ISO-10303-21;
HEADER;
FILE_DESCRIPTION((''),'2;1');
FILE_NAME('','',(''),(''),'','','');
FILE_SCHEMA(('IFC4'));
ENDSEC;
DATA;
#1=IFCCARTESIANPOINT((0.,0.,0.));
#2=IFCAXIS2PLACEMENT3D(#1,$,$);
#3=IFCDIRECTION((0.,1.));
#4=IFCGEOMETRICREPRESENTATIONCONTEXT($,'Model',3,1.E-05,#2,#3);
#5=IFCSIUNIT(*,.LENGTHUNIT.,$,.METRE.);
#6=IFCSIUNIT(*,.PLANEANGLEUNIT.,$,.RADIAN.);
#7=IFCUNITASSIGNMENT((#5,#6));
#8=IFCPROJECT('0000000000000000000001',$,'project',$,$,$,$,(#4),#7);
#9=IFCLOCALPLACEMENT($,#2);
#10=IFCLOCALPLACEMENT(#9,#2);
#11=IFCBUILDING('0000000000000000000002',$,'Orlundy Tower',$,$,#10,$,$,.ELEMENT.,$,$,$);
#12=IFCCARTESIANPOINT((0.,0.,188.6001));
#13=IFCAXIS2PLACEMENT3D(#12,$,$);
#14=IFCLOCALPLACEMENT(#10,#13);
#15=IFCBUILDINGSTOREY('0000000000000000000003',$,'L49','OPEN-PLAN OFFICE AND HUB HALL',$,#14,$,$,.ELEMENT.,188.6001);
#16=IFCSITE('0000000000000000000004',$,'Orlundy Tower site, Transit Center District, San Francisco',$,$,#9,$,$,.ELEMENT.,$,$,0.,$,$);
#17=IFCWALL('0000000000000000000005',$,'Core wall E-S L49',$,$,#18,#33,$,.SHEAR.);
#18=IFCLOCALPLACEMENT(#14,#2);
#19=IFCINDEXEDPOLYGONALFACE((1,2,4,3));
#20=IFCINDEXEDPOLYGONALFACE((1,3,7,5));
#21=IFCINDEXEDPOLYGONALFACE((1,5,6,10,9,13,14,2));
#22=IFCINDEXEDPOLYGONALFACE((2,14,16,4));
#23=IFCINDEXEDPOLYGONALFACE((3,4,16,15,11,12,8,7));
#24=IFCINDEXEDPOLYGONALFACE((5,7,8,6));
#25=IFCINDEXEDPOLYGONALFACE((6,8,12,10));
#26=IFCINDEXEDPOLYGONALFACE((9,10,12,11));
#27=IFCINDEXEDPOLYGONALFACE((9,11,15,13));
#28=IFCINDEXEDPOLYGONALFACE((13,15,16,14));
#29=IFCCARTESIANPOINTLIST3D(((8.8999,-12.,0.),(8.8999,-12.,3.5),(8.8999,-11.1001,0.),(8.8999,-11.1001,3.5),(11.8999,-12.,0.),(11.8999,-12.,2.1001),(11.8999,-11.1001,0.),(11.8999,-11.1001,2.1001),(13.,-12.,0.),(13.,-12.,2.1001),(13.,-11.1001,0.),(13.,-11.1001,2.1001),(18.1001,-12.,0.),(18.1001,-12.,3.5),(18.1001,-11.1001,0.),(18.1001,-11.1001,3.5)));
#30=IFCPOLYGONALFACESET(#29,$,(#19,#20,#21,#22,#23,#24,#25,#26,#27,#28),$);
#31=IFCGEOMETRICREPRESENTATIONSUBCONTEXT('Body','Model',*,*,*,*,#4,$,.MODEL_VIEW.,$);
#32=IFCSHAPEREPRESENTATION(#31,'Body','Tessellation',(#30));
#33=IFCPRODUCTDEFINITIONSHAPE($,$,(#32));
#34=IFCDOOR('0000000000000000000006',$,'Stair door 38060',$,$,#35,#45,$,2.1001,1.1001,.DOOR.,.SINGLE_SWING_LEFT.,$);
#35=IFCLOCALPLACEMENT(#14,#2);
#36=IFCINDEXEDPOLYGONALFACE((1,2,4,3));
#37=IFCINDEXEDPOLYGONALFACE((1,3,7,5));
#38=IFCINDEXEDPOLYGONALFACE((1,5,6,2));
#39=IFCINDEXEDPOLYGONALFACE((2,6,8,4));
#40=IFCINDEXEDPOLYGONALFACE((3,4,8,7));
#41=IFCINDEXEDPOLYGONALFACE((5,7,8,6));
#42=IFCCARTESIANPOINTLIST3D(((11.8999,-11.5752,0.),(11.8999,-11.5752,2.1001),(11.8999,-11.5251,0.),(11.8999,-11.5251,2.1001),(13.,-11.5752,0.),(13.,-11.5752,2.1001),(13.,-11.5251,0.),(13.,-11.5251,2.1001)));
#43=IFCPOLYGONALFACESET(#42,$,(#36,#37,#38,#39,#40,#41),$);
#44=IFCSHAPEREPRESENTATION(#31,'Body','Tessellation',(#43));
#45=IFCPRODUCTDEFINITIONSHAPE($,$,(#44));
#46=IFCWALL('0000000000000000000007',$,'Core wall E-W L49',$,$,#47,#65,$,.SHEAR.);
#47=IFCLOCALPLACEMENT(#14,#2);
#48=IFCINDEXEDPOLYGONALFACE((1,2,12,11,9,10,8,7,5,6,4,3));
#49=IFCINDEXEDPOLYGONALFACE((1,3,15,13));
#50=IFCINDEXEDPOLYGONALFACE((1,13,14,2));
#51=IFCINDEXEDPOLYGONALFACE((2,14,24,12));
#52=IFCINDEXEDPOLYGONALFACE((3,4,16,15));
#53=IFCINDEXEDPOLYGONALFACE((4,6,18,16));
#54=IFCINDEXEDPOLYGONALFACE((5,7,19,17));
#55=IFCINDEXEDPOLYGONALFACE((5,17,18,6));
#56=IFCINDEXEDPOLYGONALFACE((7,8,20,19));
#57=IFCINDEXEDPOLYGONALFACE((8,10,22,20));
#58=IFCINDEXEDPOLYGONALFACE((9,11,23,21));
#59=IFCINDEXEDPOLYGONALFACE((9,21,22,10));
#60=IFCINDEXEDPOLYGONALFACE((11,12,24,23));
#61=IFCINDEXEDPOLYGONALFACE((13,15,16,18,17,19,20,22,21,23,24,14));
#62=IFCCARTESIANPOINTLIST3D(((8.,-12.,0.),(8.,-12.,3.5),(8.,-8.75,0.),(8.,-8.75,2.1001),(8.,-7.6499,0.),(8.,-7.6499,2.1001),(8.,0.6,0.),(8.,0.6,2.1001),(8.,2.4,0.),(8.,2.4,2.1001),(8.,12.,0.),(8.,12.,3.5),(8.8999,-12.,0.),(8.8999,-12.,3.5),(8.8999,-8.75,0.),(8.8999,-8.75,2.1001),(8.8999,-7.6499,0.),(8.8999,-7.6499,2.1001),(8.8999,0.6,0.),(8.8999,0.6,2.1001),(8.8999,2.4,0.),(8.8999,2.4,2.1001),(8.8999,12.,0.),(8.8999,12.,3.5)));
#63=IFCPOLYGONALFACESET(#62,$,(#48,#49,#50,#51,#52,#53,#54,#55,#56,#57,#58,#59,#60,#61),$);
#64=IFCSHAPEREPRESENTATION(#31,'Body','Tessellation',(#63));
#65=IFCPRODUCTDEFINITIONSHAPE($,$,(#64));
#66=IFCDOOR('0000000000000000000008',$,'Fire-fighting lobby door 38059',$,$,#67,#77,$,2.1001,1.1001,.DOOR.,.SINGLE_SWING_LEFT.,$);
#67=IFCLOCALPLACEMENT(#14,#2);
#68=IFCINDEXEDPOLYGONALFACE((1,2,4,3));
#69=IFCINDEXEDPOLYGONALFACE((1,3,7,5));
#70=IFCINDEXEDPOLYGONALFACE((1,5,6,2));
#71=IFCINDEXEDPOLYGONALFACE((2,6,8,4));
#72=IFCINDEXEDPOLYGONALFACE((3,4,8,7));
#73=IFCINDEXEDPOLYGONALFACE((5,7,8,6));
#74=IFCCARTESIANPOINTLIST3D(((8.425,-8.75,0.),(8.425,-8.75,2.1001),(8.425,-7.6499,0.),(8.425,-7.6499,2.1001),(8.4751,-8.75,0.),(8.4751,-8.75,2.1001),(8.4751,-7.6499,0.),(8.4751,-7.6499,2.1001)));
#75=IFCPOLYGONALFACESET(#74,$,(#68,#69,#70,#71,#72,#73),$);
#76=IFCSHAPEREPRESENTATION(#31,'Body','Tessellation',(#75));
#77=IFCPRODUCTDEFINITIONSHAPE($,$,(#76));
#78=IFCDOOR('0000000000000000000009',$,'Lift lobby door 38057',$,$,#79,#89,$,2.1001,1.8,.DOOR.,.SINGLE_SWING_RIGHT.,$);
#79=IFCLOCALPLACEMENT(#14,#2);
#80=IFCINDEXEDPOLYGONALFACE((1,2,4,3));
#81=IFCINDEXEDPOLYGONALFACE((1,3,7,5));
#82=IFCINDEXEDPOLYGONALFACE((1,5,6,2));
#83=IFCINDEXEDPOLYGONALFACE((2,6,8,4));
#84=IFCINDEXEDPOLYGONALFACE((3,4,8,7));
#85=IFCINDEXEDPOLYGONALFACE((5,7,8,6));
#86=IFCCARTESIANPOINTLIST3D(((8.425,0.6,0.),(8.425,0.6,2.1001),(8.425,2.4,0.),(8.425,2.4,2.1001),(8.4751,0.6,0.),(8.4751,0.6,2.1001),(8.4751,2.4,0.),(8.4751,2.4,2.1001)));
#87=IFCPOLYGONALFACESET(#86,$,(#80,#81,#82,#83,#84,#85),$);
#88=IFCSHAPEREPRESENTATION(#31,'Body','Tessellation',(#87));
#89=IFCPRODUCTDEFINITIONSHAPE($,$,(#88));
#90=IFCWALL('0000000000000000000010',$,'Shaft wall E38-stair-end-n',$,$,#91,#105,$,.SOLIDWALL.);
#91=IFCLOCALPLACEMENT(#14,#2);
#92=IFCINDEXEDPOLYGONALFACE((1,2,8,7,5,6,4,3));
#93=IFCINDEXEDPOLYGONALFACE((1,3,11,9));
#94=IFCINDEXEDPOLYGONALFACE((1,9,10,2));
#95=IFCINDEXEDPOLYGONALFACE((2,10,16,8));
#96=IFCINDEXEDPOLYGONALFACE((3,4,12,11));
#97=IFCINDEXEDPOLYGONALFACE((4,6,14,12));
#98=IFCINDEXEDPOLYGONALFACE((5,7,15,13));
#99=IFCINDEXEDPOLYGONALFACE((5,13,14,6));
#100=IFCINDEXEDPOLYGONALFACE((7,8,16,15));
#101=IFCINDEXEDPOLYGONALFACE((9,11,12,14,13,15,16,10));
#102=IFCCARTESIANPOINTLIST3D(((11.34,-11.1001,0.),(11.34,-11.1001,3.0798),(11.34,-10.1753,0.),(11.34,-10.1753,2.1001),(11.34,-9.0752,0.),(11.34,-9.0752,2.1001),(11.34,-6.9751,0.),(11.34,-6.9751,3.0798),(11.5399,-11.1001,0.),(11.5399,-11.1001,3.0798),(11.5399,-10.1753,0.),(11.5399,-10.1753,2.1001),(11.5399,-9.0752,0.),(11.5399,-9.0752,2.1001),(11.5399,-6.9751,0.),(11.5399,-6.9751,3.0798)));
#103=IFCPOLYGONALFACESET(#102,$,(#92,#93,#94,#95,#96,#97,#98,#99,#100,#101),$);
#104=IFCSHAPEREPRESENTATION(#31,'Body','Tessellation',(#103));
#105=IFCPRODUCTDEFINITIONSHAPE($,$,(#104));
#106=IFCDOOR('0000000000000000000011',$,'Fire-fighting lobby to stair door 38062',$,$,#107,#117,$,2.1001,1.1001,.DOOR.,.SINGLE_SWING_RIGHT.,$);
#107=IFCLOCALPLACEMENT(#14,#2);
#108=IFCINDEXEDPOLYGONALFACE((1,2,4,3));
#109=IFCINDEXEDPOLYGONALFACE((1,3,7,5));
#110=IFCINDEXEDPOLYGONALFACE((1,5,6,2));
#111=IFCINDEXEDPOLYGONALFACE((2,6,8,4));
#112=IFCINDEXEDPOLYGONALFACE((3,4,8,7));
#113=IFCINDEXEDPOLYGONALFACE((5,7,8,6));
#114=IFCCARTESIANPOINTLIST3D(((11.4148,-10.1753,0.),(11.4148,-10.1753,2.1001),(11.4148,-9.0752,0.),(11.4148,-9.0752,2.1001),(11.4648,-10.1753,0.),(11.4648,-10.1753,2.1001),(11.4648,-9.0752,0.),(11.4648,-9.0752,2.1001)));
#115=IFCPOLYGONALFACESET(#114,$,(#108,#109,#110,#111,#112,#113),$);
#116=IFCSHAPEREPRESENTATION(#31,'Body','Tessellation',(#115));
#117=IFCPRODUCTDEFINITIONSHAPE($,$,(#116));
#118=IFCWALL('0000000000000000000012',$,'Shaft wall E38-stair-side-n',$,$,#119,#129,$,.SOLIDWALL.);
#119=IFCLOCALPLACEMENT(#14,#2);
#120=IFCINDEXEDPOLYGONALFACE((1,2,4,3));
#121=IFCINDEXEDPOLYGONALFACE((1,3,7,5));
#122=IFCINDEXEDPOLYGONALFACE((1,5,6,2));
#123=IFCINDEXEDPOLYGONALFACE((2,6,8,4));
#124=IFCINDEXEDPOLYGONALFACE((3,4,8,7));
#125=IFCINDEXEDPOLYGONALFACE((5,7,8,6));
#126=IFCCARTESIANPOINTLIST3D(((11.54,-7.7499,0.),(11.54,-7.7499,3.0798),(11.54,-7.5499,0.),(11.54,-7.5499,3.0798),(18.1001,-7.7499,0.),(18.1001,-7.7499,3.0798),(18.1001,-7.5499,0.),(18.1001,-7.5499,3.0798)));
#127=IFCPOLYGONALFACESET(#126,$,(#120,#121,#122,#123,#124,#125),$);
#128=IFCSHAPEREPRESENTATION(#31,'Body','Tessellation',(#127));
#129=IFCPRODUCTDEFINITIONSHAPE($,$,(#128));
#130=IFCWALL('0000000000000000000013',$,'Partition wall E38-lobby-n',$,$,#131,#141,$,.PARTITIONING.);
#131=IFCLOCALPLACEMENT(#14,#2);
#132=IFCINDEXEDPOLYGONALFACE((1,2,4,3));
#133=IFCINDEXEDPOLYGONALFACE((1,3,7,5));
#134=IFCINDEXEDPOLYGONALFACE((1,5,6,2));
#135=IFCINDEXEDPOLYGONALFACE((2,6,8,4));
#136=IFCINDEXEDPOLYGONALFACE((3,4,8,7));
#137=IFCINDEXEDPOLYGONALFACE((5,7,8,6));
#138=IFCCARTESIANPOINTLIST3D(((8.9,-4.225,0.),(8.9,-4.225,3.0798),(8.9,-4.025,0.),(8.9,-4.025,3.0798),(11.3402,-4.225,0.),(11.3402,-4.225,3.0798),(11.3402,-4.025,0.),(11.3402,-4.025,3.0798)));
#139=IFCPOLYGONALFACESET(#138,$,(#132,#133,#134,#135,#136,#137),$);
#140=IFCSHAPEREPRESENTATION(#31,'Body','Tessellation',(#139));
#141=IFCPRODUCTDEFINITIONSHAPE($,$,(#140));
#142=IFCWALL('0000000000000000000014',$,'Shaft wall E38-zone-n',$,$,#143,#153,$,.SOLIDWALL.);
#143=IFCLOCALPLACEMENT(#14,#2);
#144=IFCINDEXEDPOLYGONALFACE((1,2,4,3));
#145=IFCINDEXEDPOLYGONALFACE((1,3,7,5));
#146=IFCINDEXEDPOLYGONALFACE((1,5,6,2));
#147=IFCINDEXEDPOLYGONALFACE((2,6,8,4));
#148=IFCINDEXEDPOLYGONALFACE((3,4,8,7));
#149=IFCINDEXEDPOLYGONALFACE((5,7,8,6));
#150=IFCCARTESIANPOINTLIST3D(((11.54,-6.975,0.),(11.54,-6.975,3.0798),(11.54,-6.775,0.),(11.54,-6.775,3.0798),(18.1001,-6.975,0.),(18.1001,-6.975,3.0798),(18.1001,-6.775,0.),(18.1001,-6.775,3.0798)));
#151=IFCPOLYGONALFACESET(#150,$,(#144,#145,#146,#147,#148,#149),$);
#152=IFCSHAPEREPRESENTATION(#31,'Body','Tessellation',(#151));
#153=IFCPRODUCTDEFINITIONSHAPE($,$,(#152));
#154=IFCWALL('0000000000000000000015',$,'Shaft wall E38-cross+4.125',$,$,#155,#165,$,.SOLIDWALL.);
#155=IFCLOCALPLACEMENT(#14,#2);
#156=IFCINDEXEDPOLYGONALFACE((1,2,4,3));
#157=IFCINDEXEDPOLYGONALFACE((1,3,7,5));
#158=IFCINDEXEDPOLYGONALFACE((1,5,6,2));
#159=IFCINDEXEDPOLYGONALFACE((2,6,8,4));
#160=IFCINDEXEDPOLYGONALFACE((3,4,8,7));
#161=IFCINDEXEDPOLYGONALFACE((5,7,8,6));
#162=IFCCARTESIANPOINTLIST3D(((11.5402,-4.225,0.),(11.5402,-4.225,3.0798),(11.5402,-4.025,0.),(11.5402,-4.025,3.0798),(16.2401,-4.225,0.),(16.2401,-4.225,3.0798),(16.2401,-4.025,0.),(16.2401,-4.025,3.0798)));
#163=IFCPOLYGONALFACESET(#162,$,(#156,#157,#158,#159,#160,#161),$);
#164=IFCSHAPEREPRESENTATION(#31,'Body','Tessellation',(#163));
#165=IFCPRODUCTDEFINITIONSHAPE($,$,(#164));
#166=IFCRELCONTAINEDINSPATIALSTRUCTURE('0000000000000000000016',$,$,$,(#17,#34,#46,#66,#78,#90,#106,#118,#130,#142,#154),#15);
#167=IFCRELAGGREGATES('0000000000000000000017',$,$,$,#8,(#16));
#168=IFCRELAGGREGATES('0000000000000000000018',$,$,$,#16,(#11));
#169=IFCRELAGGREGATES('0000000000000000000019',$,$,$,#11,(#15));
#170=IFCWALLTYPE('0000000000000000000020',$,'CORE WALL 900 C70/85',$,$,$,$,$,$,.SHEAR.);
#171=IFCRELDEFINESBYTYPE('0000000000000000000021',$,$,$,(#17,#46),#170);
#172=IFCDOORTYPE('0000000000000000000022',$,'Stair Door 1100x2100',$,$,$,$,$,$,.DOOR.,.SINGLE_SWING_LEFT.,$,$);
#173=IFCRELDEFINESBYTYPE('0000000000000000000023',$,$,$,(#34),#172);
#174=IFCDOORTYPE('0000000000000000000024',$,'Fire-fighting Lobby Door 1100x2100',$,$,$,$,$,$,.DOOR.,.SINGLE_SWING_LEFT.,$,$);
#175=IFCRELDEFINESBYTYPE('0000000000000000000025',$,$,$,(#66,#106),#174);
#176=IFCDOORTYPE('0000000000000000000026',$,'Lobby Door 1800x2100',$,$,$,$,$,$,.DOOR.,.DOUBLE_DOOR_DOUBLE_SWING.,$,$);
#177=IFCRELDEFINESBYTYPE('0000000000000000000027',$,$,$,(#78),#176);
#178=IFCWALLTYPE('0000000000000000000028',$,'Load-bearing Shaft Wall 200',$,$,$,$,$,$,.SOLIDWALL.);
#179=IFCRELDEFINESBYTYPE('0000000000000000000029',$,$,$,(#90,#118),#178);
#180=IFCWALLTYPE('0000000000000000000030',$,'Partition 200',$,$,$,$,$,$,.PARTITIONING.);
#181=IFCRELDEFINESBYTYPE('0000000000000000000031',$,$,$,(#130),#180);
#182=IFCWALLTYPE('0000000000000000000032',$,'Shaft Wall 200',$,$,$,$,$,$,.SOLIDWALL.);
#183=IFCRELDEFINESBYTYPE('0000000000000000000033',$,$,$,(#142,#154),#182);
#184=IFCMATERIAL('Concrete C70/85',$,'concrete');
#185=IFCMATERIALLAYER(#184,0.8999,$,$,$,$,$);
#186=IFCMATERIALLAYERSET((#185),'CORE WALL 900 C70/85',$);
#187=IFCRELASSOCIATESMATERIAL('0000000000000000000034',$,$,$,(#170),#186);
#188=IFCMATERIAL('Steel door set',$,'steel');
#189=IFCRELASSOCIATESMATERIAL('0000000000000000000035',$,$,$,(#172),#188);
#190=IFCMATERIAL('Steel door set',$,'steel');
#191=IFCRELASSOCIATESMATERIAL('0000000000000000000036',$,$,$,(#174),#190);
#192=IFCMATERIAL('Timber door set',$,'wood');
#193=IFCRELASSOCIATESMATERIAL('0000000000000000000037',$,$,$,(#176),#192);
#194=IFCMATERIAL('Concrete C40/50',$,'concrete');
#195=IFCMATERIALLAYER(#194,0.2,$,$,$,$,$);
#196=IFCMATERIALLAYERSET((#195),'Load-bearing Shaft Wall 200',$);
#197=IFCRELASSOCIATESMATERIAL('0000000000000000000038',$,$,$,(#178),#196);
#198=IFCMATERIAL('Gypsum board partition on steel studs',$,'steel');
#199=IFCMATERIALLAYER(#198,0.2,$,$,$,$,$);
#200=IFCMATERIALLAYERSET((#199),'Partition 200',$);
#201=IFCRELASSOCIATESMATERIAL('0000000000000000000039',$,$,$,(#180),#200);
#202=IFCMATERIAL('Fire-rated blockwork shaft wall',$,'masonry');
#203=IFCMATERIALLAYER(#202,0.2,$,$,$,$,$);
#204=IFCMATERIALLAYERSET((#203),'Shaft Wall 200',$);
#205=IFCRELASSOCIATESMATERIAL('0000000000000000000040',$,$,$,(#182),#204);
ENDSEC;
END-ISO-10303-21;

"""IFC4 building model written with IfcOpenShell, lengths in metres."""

from ifc_helpers import new_model, si_unit, direction, frame, frame_2d, origin, place, context, subcontext, project, spatial, rectangle, extrude, material, layer, layer_set, type_object, element, fill, save


model = new_model("IFC4")

# Units and contexts
model_context = context("Model", 3, precision=1e-05, world=origin(), true_north=direction((0.0, 1.0)))
body_context = subcontext(model_context, "Body", "Model", "MODEL_VIEW")
ifc_project = project(units=[si_unit("LENGTHUNIT", "METRE"), si_unit("PLANEANGLEUNIT", "RADIAN")], contexts=[model_context])

# Site, building, storey
site_placement = place(None, origin())
site = spatial("IfcSite", under=ifc_project, at=site_placement, Name="Orlundy Tower site, Transit Center District, San Francisco", CompositionType="ELEMENT", RefElevation=0.0)
building_placement = place(site_placement, origin())
building = spatial("IfcBuilding", under=site, at=building_placement, Name="Orlundy Tower", CompositionType="ELEMENT")
storey_placement = place(building_placement, frame((0.0, 0.0, 188.6001)))
storey = spatial("IfcBuildingStorey", under=building, at=storey_placement, Name="L49", Description="OPEN-PLAN OFFICE AND HUB HALL", CompositionType="ELEMENT", Elevation=188.6001)

# Wall, opening, door
ifc_material_1 = material(Name="Concrete C70/85", Category="concrete")
ifc_layer_1 = layer(ifc_material_1, 0.8999)
ifc_layer_set_1 = layer_set([ifc_layer_1], Name="CORE WALL 900 C70/85")
wall_type_1 = type_object("IfcWallType", Name="CORE WALL 900 C70/85", PredefinedType="SHEAR", material=ifc_layer_set_1)
wall_1_placement = place(storey_placement, frame((8.8999, -11.55, 0.0), z_axis=(0.0, 0.0, 1.0), x_axis=(1.0, 0.0, 0.0)))
wall_1 = element("IfcWall", 1, at=wall_1_placement, inside=storey, type_object=wall_type_1, Name="Core wall E-S L49", PredefinedType="SHEAR", context=body_context, shape_type="SweptSolid", body=[
    extrude(rectangle(XDim=9.2002, YDim=0.8999, at=frame_2d((4.6001, 0.0))), origin(), (0.0, 0.0, 1.0), 3.5),
])
opening_1_placement = place(wall_1_placement, frame((3.0, 0.0, 0.0)))
opening_1 = element("IfcOpeningElement", 2, at=opening_1_placement, cuts=wall_1, PredefinedType="OPENING", context=body_context, shape_type="SweptSolid", body=[
    extrude(rectangle(XDim=1.1001, YDim=2.1001, at=frame_2d((0.55, 1.05))), frame((0.0, 0.46, 0.0), z_axis=(0.0, -1.0, 0.0), x_axis=(1.0, 0.0, 0.0)), (0.0, 0.0, 1.0), 0.9199),
])
ifc_material_2 = material(Name="Steel door set", Category="steel")
door_type_1 = type_object("IfcDoorType", Name="Stair Door 1100x2100", OperationType="SINGLE_SWING_LEFT", PredefinedType="DOOR", material=ifc_material_2)
door_1_placement = place(opening_1_placement, origin())
door_1 = element("IfcDoor", 3, at=door_1_placement, inside=storey, type_object=door_type_1, Name="Stair door 38060", OperationType="SINGLE_SWING_LEFT", OverallHeight=2.1001, OverallWidth=1.1001, PredefinedType="DOOR", context=body_context, shape_type="SweptSolid", body=[
    extrude(rectangle(XDim=1.1001, YDim=2.1001, at=frame_2d((0.55, 1.05))), frame((0.0, 0.0249, 0.0), z_axis=(0.0, -1.0, 0.0), x_axis=(1.0, 0.0, 0.0)), (0.0, 0.0, 1.0), 0.05),
])
fill(opening_1, door_1)

# Wall, openings, doors
wall_2_placement = place(storey_placement, frame((8.45, -12.0, 0.0), z_axis=(0.0, 0.0, 1.0), x_axis=(0.0, 1.0, 0.0)))
wall_2 = element("IfcWall", 4, at=wall_2_placement, inside=storey, type_object=wall_type_1, Name="Core wall E-W L49", PredefinedType="SHEAR", context=body_context, shape_type="SweptSolid", body=[
    extrude(rectangle(XDim=24.0, YDim=0.8999, at=frame_2d((12.0, 0.0))), origin(), (0.0, 0.0, 1.0), 3.5),
])
opening_2_placement = place(wall_2_placement, frame((12.6001, 0.0, 0.0)))
opening_2 = element("IfcOpeningElement", 5, at=opening_2_placement, cuts=wall_2, PredefinedType="OPENING", context=body_context, shape_type="SweptSolid", body=[
    extrude(rectangle(XDim=1.8, YDim=2.1001, at=frame_2d((0.8999, 1.05))), frame((0.0, 0.46, 0.0), z_axis=(0.0, -1.0, 0.0), x_axis=(1.0, 0.0, 0.0)), (0.0, 0.0, 1.0), 0.9199),
])
opening_3_placement = place(wall_2_placement, frame((3.25, 0.0, 0.0)))
opening_3 = element("IfcOpeningElement", 6, at=opening_3_placement, cuts=wall_2, PredefinedType="OPENING", context=body_context, shape_type="SweptSolid", body=[
    extrude(rectangle(XDim=1.1001, YDim=2.1001, at=frame_2d((0.55, 1.05))), frame((0.0, 0.46, 0.0), z_axis=(0.0, -1.0, 0.0), x_axis=(1.0, 0.0, 0.0)), (0.0, 0.0, 1.0), 0.9199),
])
ifc_material_3 = material(Name="Steel door set", Category="steel")
door_type_2 = type_object("IfcDoorType", Name="Fire-fighting Lobby Door 1100x2100", OperationType="SINGLE_SWING_LEFT", PredefinedType="DOOR", material=ifc_material_3)
door_2_placement = place(opening_3_placement, origin())
door_2 = element("IfcDoor", 7, at=door_2_placement, inside=storey, type_object=door_type_2, Name="Fire-fighting lobby door 38059", OperationType="SINGLE_SWING_LEFT", OverallHeight=2.1001, OverallWidth=1.1001, PredefinedType="DOOR", context=body_context, shape_type="SweptSolid", body=[
    extrude(rectangle(XDim=1.1001, YDim=2.1001, at=frame_2d((0.55, 1.05))), frame((0.0, 0.0249, 0.0), z_axis=(0.0, -1.0, 0.0), x_axis=(1.0, 0.0, 0.0)), (0.0, 0.0, 1.0), 0.05),
])
fill(opening_3, door_2)
ifc_material_4 = material(Name="Timber door set", Category="wood")
door_type_3 = type_object("IfcDoorType", Name="Lobby Door 1800x2100", OperationType="DOUBLE_DOOR_DOUBLE_SWING", PredefinedType="DOOR", material=ifc_material_4)
door_3_placement = place(opening_2_placement, origin())
door_3 = element("IfcDoor", 8, at=door_3_placement, inside=storey, type_object=door_type_3, Name="Lift lobby door 38057", OperationType="SINGLE_SWING_RIGHT", OverallHeight=2.1001, OverallWidth=1.8, PredefinedType="DOOR", context=body_context, shape_type="SweptSolid", body=[
    extrude(rectangle(XDim=1.8, YDim=2.1001, at=frame_2d((0.8999, 1.05))), frame((0.0, 0.0249, 0.0), z_axis=(0.0, -1.0, 0.0), x_axis=(1.0, 0.0, 0.0)), (0.0, 0.0, 1.0), 0.05),
])
fill(opening_2, door_3)

# Wall, opening, door
ifc_material_5 = material(Name="Concrete C40/50", Category="concrete")
ifc_layer_2 = layer(ifc_material_5, 0.2)
ifc_layer_set_2 = layer_set([ifc_layer_2], Name="Load-bearing Shaft Wall 200")
wall_type_2 = type_object("IfcWallType", Name="Load-bearing Shaft Wall 200", PredefinedType="SOLIDWALL", material=ifc_layer_set_2)
wall_3_placement = place(storey_placement, frame((11.4399, -6.9751, 0.0), z_axis=(0.0, 0.0, 1.0), x_axis=(0.0, -1.0, 0.0)))
wall_3 = element("IfcWall", 9, at=wall_3_placement, inside=storey, type_object=wall_type_2, Name="Shaft wall E38-stair-end-n", PredefinedType="SOLIDWALL", context=body_context, shape_type="SweptSolid", body=[
    extrude(rectangle(XDim=4.125, YDim=0.2, at=frame_2d((2.0625, 0.0))), origin(), (0.0, 0.0, 1.0), 3.0798),
])
opening_4_placement = place(wall_3_placement, frame((2.1001, 0.0, 0.0)))
opening_4 = element("IfcOpeningElement", 10, at=opening_4_placement, cuts=wall_3, PredefinedType="OPENING", context=body_context, shape_type="SweptSolid", body=[
    extrude(rectangle(XDim=1.1001, YDim=2.1001, at=frame_2d((0.55, 1.05))), frame((0.0, 0.1101, 0.0), z_axis=(0.0, -1.0, 0.0), x_axis=(1.0, 0.0, 0.0)), (0.0, 0.0, 1.0), 0.2202),
])
door_4_placement = place(opening_4_placement, origin())
door_4 = element("IfcDoor", 11, at=door_4_placement, inside=storey, type_object=door_type_2, Name="Fire-fighting lobby to stair door 38062", OperationType="SINGLE_SWING_RIGHT", OverallHeight=2.1001, OverallWidth=1.1001, PredefinedType="DOOR", context=body_context, shape_type="SweptSolid", body=[
    extrude(rectangle(XDim=1.1001, YDim=2.1001, at=frame_2d((0.55, 1.05))), frame((0.0, 0.0249, 0.0), z_axis=(0.0, -1.0, 0.0), x_axis=(1.0, 0.0, 0.0)), (0.0, 0.0, 1.0), 0.05),
])
fill(opening_4, door_4)

# Walls
wall_4_placement = place(storey_placement, frame((11.54, -7.6499, 0.0), z_axis=(0.0, 0.0, 1.0), x_axis=(1.0, 0.0, 0.0)))
element("IfcWall", 12, at=wall_4_placement, inside=storey, type_object=wall_type_2, Name="Shaft wall E38-stair-side-n", PredefinedType="SOLIDWALL", context=body_context, shape_type="SweptSolid", body=[
    extrude(rectangle(XDim=6.5601, YDim=0.2, at=frame_2d((3.28, 0.0))), origin(), (0.0, 0.0, 1.0), 3.0798),
])
ifc_material_6 = material(Name="Gypsum board partition on steel studs", Category="steel")
ifc_layer_3 = layer(ifc_material_6, 0.2)
ifc_layer_set_3 = layer_set([ifc_layer_3], Name="Partition 200")
wall_type_3 = type_object("IfcWallType", Name="Partition 200", PredefinedType="PARTITIONING", material=ifc_layer_set_3)
wall_5_placement = place(storey_placement, frame((8.8999, -4.125, 0.0), z_axis=(0.0, 0.0, 1.0), x_axis=(1.0, 0.0, 0.0)))
element("IfcWall", 13, at=wall_5_placement, inside=storey, type_object=wall_type_3, Name="Partition wall E38-lobby-n", PredefinedType="PARTITIONING", context=body_context, shape_type="SweptSolid", body=[
    extrude(rectangle(XDim=2.4402, YDim=0.2, at=frame_2d((1.2202, 0.0))), origin(), (0.0, 0.0, 1.0), 3.0798),
])
ifc_material_7 = material(Name="Fire-rated blockwork shaft wall", Category="masonry")
ifc_layer_4 = layer(ifc_material_7, 0.2)
ifc_layer_set_4 = layer_set([ifc_layer_4], Name="Shaft Wall 200")
wall_type_4 = type_object("IfcWallType", Name="Shaft Wall 200", PredefinedType="SOLIDWALL", material=ifc_layer_set_4)
wall_6_placement = place(storey_placement, frame((11.54, -6.875, 0.0), z_axis=(0.0, 0.0, 1.0), x_axis=(1.0, 0.0, 0.0)))
element("IfcWall", 14, at=wall_6_placement, inside=storey, type_object=wall_type_4, Name="Shaft wall E38-zone-n", PredefinedType="SOLIDWALL", context=body_context, shape_type="SweptSolid", body=[
    extrude(rectangle(XDim=6.5601, YDim=0.2, at=frame_2d((3.28, 0.0))), origin(), (0.0, 0.0, 1.0), 3.0798),
])
wall_7_placement = place(storey_placement, frame((11.54, -4.125, 0.0), z_axis=(0.0, 0.0, 1.0), x_axis=(1.0, 0.0, 0.0)))
element("IfcWall", 15, at=wall_7_placement, inside=storey, type_object=wall_type_4, Name="Shaft wall E38-cross+4.125", PredefinedType="SOLIDWALL", context=body_context, shape_type="SweptSolid", body=[
    extrude(rectangle(XDim=4.7, YDim=0.2, at=frame_2d((2.3501, 0.0))), origin(), (0.0, 0.0, 1.0), 3.0798),
])

save(model, "model.ifc")
